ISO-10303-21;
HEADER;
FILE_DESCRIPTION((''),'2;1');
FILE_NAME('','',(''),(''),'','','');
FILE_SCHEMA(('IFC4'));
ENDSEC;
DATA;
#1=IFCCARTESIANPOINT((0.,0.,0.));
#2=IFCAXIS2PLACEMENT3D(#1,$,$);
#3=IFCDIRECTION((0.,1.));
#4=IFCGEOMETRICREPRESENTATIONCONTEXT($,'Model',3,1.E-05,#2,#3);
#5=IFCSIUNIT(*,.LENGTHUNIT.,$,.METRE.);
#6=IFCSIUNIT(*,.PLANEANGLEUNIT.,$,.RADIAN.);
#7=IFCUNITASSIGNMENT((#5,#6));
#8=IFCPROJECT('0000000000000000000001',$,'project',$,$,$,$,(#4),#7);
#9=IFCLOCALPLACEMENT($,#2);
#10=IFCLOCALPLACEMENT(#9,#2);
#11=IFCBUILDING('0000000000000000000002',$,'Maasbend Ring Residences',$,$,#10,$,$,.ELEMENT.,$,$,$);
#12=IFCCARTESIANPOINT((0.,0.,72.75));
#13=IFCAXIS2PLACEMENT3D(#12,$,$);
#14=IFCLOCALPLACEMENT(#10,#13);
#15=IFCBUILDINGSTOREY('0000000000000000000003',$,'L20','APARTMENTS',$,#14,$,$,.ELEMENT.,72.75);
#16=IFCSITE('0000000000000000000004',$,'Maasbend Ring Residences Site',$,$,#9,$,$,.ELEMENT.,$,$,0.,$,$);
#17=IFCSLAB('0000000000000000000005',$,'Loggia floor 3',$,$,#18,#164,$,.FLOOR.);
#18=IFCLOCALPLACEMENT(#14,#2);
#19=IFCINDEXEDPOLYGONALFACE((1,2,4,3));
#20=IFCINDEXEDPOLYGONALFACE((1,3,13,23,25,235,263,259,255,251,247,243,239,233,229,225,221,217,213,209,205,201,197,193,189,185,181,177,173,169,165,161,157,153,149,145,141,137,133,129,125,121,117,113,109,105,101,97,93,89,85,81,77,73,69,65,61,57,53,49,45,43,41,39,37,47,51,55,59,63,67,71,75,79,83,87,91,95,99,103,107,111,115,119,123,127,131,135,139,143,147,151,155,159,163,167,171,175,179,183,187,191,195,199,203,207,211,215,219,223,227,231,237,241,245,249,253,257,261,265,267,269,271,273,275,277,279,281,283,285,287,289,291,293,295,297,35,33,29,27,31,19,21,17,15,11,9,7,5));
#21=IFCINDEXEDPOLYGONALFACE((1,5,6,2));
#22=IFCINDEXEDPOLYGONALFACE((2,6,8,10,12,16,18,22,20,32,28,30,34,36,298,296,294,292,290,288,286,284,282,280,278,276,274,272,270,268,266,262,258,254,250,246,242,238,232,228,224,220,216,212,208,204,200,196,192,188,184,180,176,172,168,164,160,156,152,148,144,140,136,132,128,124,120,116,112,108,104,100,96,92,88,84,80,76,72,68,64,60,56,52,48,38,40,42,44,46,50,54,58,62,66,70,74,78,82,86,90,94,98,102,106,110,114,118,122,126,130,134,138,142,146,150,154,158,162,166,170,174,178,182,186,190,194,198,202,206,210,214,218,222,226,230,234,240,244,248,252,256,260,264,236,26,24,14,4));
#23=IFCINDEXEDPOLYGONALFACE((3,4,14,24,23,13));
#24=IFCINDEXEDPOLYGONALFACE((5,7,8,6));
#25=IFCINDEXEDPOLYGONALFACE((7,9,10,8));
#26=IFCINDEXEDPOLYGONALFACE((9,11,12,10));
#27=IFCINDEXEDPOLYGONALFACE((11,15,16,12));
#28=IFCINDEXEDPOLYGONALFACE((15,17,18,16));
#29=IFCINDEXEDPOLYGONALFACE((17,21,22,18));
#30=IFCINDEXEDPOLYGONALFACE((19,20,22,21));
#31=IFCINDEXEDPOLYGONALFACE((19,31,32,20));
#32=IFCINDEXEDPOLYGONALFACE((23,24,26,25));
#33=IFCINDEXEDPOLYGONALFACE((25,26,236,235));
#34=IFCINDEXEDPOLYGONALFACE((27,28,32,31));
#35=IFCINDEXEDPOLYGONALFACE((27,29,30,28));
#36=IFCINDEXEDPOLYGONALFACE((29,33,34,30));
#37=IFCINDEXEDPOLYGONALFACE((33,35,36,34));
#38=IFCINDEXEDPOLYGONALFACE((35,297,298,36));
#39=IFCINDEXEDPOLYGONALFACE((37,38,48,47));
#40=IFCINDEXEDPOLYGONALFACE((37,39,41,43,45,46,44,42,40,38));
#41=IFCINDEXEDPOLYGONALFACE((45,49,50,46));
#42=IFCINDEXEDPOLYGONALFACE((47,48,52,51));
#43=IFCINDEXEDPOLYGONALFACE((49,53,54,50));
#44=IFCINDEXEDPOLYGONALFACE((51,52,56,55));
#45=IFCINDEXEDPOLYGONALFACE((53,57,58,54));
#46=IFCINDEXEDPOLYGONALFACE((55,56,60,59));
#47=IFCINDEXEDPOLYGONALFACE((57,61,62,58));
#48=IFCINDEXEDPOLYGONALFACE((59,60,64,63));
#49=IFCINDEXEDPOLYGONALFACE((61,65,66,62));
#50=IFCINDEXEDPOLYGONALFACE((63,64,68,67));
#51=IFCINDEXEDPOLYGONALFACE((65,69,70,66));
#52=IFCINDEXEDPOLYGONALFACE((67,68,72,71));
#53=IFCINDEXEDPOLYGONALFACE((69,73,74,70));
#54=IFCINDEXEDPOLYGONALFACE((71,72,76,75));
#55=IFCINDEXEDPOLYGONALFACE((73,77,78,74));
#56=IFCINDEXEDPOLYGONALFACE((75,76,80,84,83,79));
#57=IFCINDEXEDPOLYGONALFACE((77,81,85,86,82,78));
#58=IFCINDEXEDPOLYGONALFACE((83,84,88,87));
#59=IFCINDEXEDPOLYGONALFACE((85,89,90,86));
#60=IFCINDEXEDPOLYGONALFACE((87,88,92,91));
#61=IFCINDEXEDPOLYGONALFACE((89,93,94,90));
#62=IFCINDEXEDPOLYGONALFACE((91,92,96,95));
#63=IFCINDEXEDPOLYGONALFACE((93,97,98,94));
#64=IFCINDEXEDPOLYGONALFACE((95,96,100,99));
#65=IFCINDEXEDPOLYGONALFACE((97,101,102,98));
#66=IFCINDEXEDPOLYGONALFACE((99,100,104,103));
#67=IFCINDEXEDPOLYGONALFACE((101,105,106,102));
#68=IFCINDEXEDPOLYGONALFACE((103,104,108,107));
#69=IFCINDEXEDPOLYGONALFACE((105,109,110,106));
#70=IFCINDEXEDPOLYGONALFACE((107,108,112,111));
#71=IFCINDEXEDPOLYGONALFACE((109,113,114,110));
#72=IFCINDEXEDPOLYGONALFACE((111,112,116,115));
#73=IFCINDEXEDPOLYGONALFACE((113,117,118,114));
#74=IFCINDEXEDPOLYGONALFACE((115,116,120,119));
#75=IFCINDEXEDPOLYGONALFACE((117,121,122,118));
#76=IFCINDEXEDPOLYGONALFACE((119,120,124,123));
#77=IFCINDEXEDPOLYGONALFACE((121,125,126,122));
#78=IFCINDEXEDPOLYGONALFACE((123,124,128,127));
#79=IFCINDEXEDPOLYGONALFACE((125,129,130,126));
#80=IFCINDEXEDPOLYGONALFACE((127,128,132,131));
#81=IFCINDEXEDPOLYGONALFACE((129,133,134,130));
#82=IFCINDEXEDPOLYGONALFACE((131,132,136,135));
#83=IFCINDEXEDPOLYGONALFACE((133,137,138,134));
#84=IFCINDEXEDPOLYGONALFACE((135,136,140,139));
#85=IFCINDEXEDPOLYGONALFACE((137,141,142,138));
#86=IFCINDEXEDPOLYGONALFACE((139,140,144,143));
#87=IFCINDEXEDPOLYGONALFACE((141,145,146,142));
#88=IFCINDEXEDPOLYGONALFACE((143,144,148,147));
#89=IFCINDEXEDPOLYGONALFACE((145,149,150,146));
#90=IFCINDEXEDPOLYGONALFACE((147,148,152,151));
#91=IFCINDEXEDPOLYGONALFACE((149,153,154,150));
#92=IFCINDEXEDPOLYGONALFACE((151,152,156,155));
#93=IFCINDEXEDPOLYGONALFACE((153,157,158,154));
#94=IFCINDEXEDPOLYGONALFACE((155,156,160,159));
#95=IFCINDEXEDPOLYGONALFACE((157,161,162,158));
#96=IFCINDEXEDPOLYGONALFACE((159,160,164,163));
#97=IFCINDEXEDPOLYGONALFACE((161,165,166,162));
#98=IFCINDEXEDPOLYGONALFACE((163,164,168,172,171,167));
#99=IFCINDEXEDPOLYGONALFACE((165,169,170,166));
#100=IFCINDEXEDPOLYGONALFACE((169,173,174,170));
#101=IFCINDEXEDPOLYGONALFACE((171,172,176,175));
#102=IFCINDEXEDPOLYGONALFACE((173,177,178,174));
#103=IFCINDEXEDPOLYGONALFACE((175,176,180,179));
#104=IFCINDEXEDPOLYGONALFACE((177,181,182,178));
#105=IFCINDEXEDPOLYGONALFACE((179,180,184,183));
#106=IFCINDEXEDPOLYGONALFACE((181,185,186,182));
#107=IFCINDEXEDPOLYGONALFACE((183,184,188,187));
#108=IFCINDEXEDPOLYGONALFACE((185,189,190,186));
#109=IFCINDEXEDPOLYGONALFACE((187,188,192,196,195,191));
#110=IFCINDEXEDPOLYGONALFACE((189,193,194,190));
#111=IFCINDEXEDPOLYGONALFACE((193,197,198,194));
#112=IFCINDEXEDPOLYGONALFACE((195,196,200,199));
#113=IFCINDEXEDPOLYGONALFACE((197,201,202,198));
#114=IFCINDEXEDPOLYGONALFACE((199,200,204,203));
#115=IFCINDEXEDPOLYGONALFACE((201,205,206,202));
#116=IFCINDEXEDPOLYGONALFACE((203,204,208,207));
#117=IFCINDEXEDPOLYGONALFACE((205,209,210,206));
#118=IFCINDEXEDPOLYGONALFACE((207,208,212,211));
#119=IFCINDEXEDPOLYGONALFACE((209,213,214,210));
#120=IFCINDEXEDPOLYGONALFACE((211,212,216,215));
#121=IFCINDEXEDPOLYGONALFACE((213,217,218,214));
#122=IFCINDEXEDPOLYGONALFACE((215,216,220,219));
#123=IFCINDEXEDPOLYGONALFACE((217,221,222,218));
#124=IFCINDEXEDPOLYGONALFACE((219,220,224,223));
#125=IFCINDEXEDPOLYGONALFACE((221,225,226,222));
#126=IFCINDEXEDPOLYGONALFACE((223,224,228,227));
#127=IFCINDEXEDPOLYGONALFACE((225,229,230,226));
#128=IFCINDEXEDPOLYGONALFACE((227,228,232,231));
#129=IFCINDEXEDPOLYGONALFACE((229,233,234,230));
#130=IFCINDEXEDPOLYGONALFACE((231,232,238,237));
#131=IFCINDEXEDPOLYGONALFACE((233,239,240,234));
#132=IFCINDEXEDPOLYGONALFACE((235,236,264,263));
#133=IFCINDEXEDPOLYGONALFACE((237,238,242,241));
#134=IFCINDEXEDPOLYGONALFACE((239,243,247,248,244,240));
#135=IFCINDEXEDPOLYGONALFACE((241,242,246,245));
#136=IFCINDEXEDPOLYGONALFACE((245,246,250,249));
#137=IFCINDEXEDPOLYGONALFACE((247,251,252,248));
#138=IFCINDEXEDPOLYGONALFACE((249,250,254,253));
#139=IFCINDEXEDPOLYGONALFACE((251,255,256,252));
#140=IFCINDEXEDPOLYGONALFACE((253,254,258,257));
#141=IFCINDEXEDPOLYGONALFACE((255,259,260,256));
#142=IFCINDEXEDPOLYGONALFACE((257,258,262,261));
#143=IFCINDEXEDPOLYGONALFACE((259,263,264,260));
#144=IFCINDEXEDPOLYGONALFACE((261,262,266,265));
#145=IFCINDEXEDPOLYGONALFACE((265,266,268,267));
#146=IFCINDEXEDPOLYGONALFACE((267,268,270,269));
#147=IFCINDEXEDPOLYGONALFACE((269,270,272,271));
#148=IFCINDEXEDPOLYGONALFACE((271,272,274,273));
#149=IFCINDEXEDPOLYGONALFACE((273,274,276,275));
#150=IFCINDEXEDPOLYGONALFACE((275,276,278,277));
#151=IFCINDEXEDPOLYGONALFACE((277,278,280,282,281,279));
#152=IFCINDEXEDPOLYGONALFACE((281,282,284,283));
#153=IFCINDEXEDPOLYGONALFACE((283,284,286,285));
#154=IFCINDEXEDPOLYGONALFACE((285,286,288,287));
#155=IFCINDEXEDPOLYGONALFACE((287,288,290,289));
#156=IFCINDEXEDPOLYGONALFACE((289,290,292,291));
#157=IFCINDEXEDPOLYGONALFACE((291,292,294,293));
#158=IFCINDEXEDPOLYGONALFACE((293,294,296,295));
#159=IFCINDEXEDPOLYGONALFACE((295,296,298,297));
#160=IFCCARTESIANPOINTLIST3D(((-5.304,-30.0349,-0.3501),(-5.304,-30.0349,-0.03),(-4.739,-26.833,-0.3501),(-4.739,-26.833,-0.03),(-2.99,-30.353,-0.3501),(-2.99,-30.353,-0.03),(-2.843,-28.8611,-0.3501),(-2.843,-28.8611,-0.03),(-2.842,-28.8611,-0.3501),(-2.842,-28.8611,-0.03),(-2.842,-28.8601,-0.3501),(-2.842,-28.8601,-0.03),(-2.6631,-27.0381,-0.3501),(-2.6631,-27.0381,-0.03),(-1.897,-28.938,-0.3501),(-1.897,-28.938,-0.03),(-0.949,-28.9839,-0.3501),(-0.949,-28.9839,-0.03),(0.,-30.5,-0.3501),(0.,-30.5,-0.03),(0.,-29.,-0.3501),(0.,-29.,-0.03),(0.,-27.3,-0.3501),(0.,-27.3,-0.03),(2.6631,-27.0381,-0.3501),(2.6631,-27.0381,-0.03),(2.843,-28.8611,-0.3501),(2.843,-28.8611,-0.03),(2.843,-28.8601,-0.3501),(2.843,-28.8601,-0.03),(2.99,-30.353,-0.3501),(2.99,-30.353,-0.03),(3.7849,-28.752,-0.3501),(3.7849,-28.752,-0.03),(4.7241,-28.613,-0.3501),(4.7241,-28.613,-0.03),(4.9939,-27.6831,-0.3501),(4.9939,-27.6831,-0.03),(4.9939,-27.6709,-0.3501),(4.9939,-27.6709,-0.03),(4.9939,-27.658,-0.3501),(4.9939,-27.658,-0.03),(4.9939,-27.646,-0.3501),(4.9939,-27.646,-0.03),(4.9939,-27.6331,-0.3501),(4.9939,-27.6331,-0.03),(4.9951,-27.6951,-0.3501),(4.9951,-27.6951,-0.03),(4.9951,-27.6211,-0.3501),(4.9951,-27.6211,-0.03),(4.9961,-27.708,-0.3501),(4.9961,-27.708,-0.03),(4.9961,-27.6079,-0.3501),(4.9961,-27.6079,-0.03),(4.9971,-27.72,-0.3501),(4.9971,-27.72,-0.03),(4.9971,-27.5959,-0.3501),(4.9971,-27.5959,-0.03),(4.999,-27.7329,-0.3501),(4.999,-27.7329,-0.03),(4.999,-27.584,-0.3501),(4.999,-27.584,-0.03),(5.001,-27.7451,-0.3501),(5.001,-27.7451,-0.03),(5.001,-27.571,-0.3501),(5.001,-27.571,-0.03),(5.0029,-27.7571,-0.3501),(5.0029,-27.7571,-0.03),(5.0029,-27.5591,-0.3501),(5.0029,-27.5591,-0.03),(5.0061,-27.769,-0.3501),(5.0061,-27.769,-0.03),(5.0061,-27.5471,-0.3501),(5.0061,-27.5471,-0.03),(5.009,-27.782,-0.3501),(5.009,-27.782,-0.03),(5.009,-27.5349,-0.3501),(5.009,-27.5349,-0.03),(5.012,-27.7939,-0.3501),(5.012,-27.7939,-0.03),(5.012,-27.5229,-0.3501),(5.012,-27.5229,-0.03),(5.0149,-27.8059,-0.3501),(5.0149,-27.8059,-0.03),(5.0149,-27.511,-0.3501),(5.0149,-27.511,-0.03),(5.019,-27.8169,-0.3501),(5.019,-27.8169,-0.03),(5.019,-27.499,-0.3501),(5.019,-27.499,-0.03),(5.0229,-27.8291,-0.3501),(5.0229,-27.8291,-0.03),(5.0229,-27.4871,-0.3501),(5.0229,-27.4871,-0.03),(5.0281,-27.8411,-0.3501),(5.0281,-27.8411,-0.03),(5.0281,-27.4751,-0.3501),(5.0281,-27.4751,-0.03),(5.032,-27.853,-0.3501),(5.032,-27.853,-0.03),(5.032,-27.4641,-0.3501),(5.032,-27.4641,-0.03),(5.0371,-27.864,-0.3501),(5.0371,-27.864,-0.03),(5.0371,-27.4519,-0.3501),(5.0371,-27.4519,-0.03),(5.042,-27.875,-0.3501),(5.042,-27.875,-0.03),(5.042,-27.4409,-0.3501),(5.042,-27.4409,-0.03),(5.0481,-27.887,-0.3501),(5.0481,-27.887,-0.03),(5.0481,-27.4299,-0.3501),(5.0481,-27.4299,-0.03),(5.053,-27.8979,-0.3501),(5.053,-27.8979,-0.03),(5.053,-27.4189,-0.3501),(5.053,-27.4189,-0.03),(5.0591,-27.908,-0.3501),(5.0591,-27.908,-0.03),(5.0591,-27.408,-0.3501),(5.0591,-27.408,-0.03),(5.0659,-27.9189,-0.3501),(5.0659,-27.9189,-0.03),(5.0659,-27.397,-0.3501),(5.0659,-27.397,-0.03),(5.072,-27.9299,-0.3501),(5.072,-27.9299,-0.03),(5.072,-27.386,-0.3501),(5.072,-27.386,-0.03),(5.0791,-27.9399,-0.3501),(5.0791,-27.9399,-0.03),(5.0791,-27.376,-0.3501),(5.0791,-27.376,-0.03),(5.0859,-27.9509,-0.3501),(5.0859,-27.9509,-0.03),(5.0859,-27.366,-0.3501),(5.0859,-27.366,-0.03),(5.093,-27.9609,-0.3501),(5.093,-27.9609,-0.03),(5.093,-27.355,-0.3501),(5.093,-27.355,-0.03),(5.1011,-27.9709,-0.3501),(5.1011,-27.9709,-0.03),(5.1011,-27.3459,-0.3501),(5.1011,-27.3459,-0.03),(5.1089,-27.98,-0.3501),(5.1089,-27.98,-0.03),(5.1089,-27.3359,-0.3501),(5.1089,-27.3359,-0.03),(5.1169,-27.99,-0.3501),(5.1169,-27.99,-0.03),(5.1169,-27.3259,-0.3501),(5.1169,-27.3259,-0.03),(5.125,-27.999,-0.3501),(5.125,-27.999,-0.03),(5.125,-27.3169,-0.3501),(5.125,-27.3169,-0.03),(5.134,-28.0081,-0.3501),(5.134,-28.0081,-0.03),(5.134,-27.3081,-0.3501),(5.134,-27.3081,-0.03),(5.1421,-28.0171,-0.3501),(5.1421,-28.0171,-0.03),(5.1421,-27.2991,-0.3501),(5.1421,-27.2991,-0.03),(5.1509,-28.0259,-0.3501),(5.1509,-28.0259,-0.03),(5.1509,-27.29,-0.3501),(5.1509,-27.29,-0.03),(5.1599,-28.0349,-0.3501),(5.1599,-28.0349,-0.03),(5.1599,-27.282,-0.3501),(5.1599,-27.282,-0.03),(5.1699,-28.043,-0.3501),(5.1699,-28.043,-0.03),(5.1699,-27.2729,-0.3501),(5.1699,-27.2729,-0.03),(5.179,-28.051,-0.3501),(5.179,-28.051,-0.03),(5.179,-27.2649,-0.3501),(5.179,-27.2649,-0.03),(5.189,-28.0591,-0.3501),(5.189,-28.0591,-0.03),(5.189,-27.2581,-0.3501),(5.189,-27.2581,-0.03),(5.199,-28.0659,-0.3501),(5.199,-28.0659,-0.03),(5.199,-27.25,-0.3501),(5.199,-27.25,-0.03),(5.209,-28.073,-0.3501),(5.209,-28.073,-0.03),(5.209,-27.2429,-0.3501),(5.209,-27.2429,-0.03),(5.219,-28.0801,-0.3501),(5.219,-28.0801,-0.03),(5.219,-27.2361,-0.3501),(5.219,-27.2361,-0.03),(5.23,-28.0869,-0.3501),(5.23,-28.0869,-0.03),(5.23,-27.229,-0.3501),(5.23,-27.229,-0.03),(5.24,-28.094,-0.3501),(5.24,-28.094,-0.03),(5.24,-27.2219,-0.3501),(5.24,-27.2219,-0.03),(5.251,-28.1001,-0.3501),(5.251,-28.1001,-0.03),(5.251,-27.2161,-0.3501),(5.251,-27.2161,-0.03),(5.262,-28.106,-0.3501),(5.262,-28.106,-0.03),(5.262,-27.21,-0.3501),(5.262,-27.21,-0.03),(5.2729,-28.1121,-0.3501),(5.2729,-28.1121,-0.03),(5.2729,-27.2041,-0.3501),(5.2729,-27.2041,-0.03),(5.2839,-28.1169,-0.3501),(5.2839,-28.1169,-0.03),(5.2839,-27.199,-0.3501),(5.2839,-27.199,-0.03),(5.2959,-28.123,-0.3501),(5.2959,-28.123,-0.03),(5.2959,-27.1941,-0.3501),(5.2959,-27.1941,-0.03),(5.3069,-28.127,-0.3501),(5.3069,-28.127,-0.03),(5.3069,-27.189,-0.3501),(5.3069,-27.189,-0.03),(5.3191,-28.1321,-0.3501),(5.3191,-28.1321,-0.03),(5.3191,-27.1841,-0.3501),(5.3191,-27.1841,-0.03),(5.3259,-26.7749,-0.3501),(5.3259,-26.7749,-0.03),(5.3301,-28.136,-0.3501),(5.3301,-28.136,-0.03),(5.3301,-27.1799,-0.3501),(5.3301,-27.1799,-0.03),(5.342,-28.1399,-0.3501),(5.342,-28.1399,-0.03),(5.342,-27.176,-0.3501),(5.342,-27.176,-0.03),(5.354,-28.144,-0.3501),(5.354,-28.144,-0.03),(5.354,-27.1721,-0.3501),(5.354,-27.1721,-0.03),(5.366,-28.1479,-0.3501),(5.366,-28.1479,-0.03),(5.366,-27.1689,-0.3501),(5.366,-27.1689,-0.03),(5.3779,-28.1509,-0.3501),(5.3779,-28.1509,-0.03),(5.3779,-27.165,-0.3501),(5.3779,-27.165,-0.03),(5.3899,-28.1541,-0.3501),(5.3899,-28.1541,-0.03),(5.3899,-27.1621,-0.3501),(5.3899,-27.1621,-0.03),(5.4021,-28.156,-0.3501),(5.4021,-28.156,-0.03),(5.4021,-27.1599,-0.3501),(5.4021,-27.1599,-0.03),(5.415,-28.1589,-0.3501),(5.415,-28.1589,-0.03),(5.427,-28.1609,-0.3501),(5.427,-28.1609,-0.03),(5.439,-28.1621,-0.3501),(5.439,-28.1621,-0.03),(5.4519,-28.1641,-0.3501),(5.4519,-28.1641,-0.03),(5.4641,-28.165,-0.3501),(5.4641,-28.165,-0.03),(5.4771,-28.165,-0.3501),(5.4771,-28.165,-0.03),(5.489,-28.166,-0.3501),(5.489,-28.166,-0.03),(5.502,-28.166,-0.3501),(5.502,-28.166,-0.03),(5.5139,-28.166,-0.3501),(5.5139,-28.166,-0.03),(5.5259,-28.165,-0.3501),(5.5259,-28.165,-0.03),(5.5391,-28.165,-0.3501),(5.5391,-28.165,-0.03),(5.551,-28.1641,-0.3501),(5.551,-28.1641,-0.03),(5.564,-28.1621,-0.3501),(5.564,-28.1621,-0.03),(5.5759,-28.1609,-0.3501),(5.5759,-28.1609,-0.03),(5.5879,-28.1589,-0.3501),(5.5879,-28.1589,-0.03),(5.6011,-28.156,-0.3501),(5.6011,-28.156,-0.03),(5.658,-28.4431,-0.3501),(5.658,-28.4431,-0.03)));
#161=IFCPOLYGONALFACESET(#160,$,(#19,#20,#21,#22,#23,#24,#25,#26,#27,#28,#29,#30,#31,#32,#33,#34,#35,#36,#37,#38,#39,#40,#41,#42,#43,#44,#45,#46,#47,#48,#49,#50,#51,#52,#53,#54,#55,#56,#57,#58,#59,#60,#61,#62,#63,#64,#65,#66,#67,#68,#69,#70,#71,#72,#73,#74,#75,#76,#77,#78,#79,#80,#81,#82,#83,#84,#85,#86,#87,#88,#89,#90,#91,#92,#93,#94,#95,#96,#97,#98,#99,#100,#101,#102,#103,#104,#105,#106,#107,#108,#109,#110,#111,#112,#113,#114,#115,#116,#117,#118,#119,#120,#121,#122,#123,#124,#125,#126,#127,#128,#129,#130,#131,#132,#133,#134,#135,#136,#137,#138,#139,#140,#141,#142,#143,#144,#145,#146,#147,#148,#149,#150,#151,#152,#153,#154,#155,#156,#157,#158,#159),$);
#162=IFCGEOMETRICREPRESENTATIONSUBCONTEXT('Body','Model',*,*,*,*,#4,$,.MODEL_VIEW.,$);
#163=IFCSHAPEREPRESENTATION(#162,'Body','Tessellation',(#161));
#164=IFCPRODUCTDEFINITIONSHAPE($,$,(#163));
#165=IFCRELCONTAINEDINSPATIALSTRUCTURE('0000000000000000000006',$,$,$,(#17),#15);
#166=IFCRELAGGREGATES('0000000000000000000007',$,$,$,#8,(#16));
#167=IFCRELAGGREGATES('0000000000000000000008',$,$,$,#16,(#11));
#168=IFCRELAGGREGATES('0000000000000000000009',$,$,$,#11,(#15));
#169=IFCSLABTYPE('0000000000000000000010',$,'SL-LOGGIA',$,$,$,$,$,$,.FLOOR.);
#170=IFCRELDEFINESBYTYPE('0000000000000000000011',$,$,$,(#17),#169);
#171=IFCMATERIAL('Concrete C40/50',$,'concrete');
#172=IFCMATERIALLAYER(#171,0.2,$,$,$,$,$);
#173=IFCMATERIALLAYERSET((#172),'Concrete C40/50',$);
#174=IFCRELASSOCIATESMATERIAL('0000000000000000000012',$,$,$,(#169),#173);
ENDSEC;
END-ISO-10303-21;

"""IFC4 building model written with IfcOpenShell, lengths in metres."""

from ifc_helpers import new_model, si_unit, direction, frame, origin, place, context, subcontext, project, spatial, polyline, outline, extrude, material, layer, layer_set, type_object, element, save


model = new_model("IFC4")

# Units and contexts
model_context = context("Model", 3, precision=1e-05, world=origin(), true_north=direction((0.0, 1.0)))
body_context = subcontext(model_context, "Body", "Model", "MODEL_VIEW")
ifc_project = project(units=[si_unit("LENGTHUNIT", "METRE"), si_unit("PLANEANGLEUNIT", "RADIAN")], contexts=[model_context])

# Site, building, storey
site_placement = place(None, origin())
site = spatial("IfcSite", under=ifc_project, at=site_placement, Name="Maasbend Ring Residences Site", CompositionType="ELEMENT", RefElevation=0.0)
building_placement = place(site_placement, origin())
building = spatial("IfcBuilding", under=site, at=building_placement, Name="Maasbend Ring Residences", CompositionType="ELEMENT")
storey_placement = place(building_placement, frame((0.0, 0.0, 72.75)))
storey = spatial("IfcBuildingStorey", under=building, at=storey_placement, Name="L20", Description="APARTMENTS", CompositionType="ELEMENT", Elevation=72.75)

# Slab
ifc_material_1 = material(Name="Concrete C40/50", Category="concrete")
ifc_layer_1 = layer(ifc_material_1, 0.2)
ifc_layer_set_1 = layer_set([ifc_layer_1], Name="Concrete C40/50")
slab_type_1 = type_object("IfcSlabType", Name="SL-LOGGIA", PredefinedType="FLOOR", material=ifc_layer_set_1)
slab_1_placement = place(storey_placement, frame((0.0, 0.0, -0.3501)))
element("IfcSlab", 1, at=slab_1_placement, inside=storey, type_object=slab_type_1, Name="Loggia floor 3", PredefinedType="FLOOR", context=body_context, shape_type="SweptSolid", body=[
    extrude(outline(polyline([(-2.6631, -27.0381), (0.0, -27.3), (0.0, -27.3), (0.0, -27.3), (2.6631, -27.0381), (5.3259, -26.7749), (5.3259, -26.7749), (5.3259, -26.7749), (5.4021, -27.1599), (5.4021, -27.1599), (5.3899, -27.1621), (5.3779, -27.165), (5.366, -27.1689), (5.354, -27.1721), (5.342, -27.176), (5.3301, -27.1799), (5.3191, -27.1841), (5.3069, -27.189), (5.2959, -27.1941), (5.2839, -27.199), (5.2729, -27.2041), (5.262, -27.21), (5.251, -27.2161), (5.24, -27.2219), (5.23, -27.229), (5.219, -27.2361), (5.209, -27.2429), (5.199, -27.25), (5.189, -27.2581), (5.179, -27.2649), (5.1699, -27.2729), (5.1599, -27.282), (5.1509, -27.29), (5.1421, -27.2991), (5.134, -27.3081), (5.125, -27.3169), (5.1169, -27.3259), (5.1089, -27.3359), (5.1011, -27.3459), (5.093, -27.355), (5.0859, -27.366), (5.0791, -27.376), (5.072, -27.386), (5.0659, -27.397), (5.0591, -27.408), (5.053, -27.4189), (5.0481, -27.4299), (5.042, -27.4409), (5.0371, -27.4519), (5.032, -27.4641), (5.0281, -27.4751), (5.0229, -27.4871), (5.019, -27.499), (5.0149, -27.511), (5.012, -27.5229), (5.009, -27.5349), (5.0061, -27.5471), (5.0029, -27.5591), (5.001, -27.571), (4.999, -27.584), (4.9971, -27.5959), (4.9961, -27.6079), (4.9951, -27.6211), (4.9939, -27.6331), (4.9939, -27.646), (4.9939, -27.658), (4.9939, -27.6709), (4.9939, -27.6831), (4.9951, -27.6951), (4.9961, -27.708), (4.9971, -27.72), (4.999, -27.7329), (5.001, -27.7451), (5.0029, -27.7571), (5.0061, -27.769), (5.009, -27.782), (5.012, -27.7939), (5.0149, -27.8059), (5.019, -27.8169), (5.0229, -27.8291), (5.0281, -27.8411), (5.032, -27.853), (5.0371, -27.864), (5.042, -27.875), (5.0481, -27.887), (5.053, -27.8979), (5.0591, -27.908), (5.0659, -27.9189), (5.072, -27.9299), (5.0791, -27.9399), (5.0859, -27.9509), (5.093, -27.9609), (5.1011, -27.9709), (5.1089, -27.98), (5.1169, -27.99), (5.125, -27.999), (5.134, -28.0081), (5.1421, -28.0171), (5.1509, -28.0259), (5.1599, -28.0349), (5.1699, -28.043), (5.179, -28.051), (5.189, -28.0591), (5.199, -28.0659), (5.209, -28.073), (5.219, -28.0801), (5.23, -28.0869), (5.24, -28.094), (5.251, -28.1001), (5.262, -28.106), (5.2729, -28.1121), (5.2839, -28.1169), (5.2959, -28.123), (5.3069, -28.127), (5.3191, -28.1321), (5.3301, -28.136), (5.342, -28.1399), (5.354, -28.144), (5.366, -28.1479), (5.3779, -28.1509), (5.3899, -28.1541), (5.4021, -28.156), (5.415, -28.1589), (5.427, -28.1609), (5.439, -28.1621), (5.4519, -28.1641), (5.4641, -28.165), (5.4771, -28.165), (5.489, -28.166), (5.502, -28.166), (5.5139, -28.166), (5.5259, -28.165), (5.5391, -28.165), (5.551, -28.1641), (5.564, -28.1621), (5.5759, -28.1609), (5.5879, -28.1589), (5.6011, -28.156), (5.6011, -28.156), (5.658, -28.4431), (5.658, -28.4431), (5.658, -28.4431), (4.7241, -28.613), (4.7241, -28.613), (3.7849, -28.752), (3.7849, -28.752), (2.843, -28.8601), (2.843, -28.8601), (2.843, -28.8601), (2.843, -28.8601), (2.843, -28.8601), (2.843, -28.8601), (2.843, -28.8601), (2.843, -28.8601), (2.843, -28.8601), (2.843, -28.8611), (2.843, -28.8611), (2.843, -28.8611), (2.843, -28.8611), (2.843, -28.8611), (2.843, -28.8611), (2.843, -28.8611), (2.843, -28.8611), (2.99, -30.353), (2.99, -30.353), (2.99, -30.353), (0.0, -30.5), (0.0, -30.5), (0.0, -30.5), (0.0, -29.0), (0.0, -29.0), (0.0, -29.0), (0.0, -29.0), (0.0, -29.0), (0.0, -29.0), (0.0, -29.0), (0.0, -29.0), (0.0, -29.0), (0.0, -29.0), (0.0, -29.0), (0.0, -29.0), (0.0, -29.0), (0.0, -29.0), (0.0, -29.0), (0.0, -29.0), (0.0, -29.0), (-0.949, -28.9839), (-0.949, -28.9839), (-1.897, -28.938), (-1.897, -28.938), (-2.842, -28.8601), (-2.842, -28.8601), (-2.842, -28.8601), (-2.842, -28.8601), (-2.842, -28.8601), (-2.842, -28.8601), (-2.842, -28.8601), (-2.842, -28.8601), (-2.842, -28.8611), (-2.842, -28.8611), (-2.842, -28.8611), (-2.842, -28.8611), (-2.842, -28.8611), (-2.843, -28.8611), (-2.843, -28.8611), (-2.843, -28.8611), (-2.843, -28.8611), (-2.99, -30.353), (-2.99, -30.353), (-2.99, -30.353), (-5.304, -30.0349), (-5.304, -30.0349), (-5.304, -30.0349), (-4.739, -26.833), (-4.739, -26.833), (-4.739, -26.833), (-2.6631, -27.0381)])), origin(), (0.0, 0.0, 1.0), 0.3201),
])

save(model, "model.ifc")
